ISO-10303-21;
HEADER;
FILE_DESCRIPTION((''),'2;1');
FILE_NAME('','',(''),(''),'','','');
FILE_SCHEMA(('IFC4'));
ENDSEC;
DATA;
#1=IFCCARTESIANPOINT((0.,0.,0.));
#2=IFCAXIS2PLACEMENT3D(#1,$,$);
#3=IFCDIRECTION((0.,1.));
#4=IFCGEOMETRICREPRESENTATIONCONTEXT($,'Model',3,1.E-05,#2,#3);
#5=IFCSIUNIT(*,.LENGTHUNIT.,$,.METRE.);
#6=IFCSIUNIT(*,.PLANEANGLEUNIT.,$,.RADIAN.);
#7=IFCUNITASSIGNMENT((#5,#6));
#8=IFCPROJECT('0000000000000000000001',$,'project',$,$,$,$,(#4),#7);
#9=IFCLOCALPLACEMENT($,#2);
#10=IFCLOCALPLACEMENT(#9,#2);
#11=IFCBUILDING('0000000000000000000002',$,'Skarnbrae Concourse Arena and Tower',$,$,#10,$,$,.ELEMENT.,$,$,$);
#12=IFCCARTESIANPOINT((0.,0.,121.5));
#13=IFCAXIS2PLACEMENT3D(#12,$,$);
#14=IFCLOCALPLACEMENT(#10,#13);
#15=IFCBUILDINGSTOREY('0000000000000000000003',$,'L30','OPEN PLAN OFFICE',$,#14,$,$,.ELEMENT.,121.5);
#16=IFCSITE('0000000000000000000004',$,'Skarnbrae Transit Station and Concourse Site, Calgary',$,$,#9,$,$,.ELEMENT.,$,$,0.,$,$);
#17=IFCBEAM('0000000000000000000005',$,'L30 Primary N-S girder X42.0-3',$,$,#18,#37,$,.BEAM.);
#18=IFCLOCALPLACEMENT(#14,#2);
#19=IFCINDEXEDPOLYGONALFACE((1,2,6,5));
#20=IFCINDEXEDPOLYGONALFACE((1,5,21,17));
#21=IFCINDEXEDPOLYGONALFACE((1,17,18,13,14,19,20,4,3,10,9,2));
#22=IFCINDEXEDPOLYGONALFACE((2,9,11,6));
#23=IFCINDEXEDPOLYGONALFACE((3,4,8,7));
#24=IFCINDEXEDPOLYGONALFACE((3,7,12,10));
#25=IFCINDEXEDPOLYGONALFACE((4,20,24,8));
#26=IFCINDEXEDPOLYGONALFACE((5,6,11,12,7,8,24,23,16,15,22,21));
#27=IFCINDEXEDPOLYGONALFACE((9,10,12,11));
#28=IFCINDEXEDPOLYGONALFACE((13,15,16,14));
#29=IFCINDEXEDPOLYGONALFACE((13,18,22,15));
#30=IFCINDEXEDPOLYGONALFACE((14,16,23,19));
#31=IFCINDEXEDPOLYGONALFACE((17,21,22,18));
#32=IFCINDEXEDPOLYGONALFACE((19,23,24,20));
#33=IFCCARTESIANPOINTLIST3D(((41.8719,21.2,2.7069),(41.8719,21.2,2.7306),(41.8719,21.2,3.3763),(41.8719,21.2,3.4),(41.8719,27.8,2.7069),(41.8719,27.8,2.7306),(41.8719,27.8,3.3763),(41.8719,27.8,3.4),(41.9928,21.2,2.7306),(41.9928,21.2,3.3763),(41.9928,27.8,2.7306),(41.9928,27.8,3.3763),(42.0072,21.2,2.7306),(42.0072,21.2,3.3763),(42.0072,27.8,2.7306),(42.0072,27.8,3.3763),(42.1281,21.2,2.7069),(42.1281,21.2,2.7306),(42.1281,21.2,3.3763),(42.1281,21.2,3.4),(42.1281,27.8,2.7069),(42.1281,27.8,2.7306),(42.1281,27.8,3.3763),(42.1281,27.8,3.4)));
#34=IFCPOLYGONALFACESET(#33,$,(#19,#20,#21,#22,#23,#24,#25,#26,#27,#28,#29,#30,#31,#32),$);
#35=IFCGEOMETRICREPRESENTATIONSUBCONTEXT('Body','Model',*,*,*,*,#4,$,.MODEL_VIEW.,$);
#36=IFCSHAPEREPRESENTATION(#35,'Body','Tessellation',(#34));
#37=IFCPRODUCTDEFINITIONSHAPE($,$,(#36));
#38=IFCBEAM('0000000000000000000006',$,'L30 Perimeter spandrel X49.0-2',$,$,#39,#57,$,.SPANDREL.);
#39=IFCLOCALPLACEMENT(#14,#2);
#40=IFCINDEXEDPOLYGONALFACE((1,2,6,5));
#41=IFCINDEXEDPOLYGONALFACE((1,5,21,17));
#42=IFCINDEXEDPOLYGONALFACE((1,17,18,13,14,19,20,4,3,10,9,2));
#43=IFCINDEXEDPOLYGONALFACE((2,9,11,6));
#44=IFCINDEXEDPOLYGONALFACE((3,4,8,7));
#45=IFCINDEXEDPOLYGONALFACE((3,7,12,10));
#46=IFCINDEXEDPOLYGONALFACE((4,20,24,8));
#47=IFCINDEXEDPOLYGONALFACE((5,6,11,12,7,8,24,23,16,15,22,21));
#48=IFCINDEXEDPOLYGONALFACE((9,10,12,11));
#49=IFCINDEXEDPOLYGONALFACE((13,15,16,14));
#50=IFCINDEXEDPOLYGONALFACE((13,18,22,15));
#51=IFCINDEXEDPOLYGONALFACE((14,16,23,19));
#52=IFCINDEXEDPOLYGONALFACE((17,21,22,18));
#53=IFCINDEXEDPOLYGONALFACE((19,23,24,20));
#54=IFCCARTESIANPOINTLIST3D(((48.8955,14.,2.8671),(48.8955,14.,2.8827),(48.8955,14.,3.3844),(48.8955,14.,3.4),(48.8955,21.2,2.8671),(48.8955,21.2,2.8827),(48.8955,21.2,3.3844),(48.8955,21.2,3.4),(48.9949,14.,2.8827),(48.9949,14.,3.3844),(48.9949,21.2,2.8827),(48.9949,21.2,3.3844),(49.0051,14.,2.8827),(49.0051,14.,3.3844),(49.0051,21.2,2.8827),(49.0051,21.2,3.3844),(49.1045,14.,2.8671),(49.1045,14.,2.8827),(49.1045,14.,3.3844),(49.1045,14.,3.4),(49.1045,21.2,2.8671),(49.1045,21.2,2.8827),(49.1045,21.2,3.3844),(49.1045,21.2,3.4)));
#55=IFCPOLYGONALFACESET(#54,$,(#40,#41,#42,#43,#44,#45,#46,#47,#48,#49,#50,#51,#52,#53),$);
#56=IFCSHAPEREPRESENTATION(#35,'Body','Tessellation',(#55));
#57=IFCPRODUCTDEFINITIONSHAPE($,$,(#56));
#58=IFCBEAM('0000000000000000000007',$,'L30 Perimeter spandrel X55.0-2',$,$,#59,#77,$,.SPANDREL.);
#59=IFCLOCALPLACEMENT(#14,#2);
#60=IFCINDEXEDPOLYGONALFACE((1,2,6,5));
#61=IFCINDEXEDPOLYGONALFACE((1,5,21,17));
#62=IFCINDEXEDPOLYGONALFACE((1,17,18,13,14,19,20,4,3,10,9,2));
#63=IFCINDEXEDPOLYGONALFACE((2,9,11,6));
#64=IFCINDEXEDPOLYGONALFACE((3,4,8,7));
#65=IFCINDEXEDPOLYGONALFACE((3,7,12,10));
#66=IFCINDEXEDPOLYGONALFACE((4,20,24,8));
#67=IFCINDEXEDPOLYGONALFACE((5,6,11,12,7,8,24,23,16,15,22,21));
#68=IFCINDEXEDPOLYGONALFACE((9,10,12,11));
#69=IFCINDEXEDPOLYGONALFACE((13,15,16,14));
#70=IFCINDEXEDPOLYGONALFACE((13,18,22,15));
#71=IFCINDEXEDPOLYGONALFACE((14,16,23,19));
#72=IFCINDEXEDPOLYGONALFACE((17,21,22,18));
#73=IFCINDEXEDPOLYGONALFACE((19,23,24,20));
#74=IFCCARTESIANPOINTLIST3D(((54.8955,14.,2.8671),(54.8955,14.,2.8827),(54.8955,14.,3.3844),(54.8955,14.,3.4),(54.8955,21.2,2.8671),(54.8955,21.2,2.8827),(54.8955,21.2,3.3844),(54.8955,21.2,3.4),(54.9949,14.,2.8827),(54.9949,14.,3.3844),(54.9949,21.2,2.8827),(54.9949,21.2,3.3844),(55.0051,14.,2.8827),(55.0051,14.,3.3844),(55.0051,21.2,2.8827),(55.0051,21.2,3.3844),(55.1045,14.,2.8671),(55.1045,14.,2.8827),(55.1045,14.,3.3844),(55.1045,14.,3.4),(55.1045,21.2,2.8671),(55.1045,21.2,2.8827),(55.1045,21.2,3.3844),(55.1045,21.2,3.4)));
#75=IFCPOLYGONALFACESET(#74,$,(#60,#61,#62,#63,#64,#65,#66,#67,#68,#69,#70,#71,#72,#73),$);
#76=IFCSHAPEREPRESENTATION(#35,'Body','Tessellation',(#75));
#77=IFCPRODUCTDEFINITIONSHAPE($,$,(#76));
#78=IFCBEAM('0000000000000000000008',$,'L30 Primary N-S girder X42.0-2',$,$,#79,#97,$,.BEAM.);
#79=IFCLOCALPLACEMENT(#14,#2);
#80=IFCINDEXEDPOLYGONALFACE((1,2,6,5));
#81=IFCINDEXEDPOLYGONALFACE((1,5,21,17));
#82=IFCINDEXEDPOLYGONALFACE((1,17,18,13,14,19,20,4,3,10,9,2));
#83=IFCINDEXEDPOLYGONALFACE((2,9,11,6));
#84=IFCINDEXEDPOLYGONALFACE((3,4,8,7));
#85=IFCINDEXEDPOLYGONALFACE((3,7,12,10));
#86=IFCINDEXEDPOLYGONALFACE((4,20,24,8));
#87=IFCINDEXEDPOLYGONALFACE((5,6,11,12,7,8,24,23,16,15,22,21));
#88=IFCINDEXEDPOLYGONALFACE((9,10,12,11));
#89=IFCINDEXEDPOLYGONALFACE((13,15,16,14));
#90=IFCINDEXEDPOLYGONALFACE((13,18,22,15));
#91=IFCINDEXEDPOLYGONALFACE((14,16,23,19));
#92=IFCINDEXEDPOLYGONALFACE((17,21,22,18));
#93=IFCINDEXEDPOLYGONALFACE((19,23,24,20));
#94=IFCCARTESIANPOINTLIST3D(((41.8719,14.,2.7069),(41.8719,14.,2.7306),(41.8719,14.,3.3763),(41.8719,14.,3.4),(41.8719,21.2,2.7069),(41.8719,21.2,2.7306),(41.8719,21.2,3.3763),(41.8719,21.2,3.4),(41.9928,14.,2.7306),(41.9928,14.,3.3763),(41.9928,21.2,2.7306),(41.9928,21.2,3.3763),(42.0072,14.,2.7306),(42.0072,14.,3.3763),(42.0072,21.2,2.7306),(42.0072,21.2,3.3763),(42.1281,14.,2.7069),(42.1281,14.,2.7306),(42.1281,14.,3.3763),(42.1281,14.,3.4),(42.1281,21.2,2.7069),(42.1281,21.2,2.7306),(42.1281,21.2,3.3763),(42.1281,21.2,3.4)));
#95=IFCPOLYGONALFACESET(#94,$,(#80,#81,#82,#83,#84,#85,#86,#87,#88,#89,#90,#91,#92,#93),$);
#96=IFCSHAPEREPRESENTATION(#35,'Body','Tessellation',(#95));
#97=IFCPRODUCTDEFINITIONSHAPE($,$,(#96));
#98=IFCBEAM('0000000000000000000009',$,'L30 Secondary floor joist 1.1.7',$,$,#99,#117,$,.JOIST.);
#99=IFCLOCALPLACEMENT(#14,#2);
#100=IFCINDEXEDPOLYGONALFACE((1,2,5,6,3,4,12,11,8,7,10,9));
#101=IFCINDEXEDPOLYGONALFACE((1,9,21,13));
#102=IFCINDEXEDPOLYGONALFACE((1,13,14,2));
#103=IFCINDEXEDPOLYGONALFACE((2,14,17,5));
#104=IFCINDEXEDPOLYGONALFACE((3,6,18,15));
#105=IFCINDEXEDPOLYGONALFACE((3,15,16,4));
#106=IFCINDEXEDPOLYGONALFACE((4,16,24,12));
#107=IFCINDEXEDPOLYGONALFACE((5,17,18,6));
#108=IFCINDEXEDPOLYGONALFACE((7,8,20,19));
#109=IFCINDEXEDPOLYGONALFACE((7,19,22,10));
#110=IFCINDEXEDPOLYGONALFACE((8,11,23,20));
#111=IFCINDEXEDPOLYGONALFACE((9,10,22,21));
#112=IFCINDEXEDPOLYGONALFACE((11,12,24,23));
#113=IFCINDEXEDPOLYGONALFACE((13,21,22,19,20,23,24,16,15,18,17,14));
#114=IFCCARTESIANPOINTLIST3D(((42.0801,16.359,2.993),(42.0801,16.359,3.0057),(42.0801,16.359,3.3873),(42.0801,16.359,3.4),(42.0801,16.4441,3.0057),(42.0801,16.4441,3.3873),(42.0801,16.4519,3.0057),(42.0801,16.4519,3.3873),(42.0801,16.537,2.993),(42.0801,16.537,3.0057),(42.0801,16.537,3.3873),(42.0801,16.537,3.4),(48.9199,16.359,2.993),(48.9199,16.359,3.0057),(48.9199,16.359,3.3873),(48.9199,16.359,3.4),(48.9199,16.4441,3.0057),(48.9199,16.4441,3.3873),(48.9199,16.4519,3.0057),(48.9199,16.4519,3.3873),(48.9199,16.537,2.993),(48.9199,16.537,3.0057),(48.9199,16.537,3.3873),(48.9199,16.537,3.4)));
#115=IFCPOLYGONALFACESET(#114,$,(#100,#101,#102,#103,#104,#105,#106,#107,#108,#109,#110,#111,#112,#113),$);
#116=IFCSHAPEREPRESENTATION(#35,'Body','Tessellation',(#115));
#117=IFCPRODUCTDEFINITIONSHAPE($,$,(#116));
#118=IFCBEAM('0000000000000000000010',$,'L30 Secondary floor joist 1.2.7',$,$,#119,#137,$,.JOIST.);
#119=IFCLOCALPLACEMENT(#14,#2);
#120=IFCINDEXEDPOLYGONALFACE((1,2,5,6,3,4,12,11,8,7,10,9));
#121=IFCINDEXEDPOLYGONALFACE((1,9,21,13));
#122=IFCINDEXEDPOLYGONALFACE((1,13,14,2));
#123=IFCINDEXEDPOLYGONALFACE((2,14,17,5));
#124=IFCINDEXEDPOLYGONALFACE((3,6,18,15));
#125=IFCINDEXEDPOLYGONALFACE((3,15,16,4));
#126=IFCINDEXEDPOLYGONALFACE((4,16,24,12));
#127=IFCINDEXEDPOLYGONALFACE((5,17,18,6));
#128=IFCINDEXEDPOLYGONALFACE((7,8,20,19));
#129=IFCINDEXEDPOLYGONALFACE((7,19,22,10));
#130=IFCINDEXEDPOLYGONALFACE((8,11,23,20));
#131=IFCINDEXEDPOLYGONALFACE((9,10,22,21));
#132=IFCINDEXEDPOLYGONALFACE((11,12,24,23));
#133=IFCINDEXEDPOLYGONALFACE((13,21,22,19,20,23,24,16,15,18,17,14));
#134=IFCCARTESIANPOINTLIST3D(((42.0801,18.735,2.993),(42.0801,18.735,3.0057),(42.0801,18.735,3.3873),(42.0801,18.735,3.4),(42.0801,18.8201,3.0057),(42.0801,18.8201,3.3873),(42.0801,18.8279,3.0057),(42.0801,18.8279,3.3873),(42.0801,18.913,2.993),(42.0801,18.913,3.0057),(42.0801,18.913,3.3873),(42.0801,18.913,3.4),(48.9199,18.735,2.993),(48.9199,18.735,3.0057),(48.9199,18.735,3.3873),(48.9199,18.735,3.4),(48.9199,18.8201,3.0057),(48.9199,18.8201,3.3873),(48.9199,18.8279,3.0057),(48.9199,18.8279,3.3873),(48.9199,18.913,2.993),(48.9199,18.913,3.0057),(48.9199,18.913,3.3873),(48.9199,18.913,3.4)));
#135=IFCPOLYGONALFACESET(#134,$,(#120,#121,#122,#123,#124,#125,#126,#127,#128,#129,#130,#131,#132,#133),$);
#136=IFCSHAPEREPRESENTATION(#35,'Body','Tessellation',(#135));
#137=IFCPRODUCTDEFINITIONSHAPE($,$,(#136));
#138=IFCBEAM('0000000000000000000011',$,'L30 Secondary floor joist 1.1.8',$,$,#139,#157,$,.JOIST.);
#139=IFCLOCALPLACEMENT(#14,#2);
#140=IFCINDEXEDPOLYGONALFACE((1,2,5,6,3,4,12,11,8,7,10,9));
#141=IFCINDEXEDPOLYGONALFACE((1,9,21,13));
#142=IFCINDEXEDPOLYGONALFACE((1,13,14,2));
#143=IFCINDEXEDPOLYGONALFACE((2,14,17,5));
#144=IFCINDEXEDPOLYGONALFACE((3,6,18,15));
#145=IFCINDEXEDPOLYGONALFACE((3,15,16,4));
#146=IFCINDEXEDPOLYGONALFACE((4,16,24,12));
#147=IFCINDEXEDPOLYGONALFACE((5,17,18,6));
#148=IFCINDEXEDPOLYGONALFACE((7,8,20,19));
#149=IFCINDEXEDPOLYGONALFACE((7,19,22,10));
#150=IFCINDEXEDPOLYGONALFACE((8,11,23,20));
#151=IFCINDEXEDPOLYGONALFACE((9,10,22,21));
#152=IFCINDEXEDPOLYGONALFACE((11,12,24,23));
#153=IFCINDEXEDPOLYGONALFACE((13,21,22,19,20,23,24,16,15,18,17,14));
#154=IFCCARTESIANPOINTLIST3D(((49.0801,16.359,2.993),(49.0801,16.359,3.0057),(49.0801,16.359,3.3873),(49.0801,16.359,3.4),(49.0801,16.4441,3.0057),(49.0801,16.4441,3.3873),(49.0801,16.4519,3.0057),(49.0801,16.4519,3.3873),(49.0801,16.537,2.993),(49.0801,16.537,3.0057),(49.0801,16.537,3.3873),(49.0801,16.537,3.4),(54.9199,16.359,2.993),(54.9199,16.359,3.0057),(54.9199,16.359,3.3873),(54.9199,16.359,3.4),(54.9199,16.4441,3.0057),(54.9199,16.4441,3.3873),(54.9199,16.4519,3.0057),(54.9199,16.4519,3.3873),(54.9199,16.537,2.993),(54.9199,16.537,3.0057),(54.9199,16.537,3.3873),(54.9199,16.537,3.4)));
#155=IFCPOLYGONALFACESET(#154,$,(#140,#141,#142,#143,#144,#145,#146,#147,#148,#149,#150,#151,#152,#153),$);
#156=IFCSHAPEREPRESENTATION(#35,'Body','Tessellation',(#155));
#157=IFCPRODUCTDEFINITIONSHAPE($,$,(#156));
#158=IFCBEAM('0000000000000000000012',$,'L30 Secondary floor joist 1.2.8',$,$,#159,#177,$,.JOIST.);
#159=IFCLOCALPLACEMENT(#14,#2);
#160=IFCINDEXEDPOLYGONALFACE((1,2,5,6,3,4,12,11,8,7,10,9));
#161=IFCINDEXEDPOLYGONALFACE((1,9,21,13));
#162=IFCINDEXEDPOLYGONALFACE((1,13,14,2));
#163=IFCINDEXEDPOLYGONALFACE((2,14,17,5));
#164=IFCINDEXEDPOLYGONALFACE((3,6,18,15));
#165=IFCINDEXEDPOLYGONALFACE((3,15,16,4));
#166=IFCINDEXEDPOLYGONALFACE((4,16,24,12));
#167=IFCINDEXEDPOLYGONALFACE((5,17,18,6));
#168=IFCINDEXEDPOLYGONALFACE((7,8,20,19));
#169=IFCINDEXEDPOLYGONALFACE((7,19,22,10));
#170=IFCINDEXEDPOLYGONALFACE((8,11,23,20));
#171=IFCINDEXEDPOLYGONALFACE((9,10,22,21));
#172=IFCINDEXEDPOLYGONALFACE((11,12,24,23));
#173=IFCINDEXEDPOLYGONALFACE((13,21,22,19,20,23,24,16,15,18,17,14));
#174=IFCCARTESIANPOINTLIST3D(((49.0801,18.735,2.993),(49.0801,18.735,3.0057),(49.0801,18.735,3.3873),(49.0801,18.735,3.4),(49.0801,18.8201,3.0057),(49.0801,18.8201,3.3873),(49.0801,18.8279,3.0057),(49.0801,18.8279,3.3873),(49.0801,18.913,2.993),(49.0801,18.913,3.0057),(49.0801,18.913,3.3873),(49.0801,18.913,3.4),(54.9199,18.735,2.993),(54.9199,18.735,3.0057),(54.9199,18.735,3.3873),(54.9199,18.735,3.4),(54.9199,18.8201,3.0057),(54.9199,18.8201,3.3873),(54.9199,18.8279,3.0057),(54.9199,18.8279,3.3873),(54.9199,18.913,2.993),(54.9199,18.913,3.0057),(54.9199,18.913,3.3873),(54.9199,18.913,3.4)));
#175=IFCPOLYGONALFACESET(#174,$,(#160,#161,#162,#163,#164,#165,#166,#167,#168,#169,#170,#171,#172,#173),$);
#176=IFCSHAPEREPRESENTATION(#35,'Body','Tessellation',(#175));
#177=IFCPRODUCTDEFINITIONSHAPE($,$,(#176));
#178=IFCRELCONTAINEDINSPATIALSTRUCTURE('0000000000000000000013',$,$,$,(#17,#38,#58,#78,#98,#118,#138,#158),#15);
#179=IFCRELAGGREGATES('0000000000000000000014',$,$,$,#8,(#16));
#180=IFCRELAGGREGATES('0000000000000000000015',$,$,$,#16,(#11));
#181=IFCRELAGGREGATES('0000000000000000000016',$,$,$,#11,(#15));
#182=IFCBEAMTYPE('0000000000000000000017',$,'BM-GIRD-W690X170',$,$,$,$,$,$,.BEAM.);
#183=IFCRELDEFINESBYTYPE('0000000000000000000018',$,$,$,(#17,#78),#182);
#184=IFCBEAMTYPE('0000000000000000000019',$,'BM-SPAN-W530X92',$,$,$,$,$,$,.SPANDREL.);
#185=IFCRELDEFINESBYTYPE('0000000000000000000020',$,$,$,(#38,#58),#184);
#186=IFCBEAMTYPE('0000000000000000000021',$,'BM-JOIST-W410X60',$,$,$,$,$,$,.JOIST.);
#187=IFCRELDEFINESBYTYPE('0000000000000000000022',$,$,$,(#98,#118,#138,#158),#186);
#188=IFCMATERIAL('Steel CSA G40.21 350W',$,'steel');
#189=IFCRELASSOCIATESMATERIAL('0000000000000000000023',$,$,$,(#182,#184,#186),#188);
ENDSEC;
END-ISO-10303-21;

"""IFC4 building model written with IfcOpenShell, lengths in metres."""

from ifc_helpers import new_model, si_unit, direction, frame, origin, origin_2d, place, context, subcontext, project, spatial, i_section, extrude, source, transform, mapped, material, material_profile, profile_set, type_object, element, save


model = new_model("IFC4")

# Units and contexts
model_context = context("Model", 3, precision=1e-05, world=origin(), true_north=direction((0.0, 1.0)))
body_context = subcontext(model_context, "Body", "Model", "MODEL_VIEW")
ifc_project = project(units=[si_unit("LENGTHUNIT", "METRE"), si_unit("PLANEANGLEUNIT", "RADIAN")], contexts=[model_context])

# Site, building, storey
site_placement = place(None, origin())
site = spatial("IfcSite", under=ifc_project, at=site_placement, Name="Skarnbrae Transit Station and Concourse Site, Calgary", CompositionType="ELEMENT", RefElevation=0.0)
building_placement = place(site_placement, origin())
building = spatial("IfcBuilding", under=site, at=building_placement, Name="Skarnbrae Concourse Arena and Tower", CompositionType="ELEMENT")
storey_placement = place(building_placement, frame((0.0, 0.0, 121.5)))
storey = spatial("IfcBuildingStorey", under=building, at=storey_placement, Name="L30", Description="OPEN PLAN OFFICE", CompositionType="ELEMENT", Elevation=121.5)

# Shared definitions
ifc_material_1 = material(Name="Steel CSA G40.21 350W", Category="steel")

# Beams
ifc_material_profile_1 = material_profile(ifc_material_1, i_section(OverallWidth=0.2561, OverallDepth=0.6931, WebThickness=0.0144, FlangeThickness=0.0237, at=origin_2d()), Name="W690X170")
ifc_profile_set_1 = profile_set([ifc_material_profile_1], Name="Steel CSA G40.21 350W")
beam_type_1 = type_object("IfcBeamType", Name="BM-GIRD-W690X170", PredefinedType="BEAM", material=ifc_profile_set_1)
ifc_material_profile_2 = material_profile(ifc_material_1, i_section(OverallWidth=0.209, OverallDepth=0.533, WebThickness=0.0103, FlangeThickness=0.0156, at=origin_2d()), Name="W530X92")
ifc_profile_set_2 = profile_set([ifc_material_profile_2], Name="Steel CSA G40.21 350W")
beam_type_2 = type_object("IfcBeamType", Name="BM-SPAN-W530X92", PredefinedType="SPANDREL", material=ifc_profile_set_2)
shared_shape_1 = source(origin(), body_context, "Body", "SweptSolid", [
    extrude(i_section(OverallWidth=0.2561, OverallDepth=0.6931, WebThickness=0.0144, FlangeThickness=0.0237, at=origin_2d()), origin(), (0.0, 0.0, 1.0), 6.6001),
])
beam_1_placement = place(storey_placement, frame((42.0, 21.2, 3.0535), z_axis=(0.0, 1.0, 0.0), x_axis=(-1.0, 0.0, 0.0)))
element("IfcBeam", 1, at=beam_1_placement, inside=storey, type_object=beam_type_1, Name="L30 Primary N-S girder X42.0-3", PredefinedType="BEAM", context=body_context, shape_type="MappedRepresentation", body=[
    mapped(shared_shape_1, transform((0.0, 0.0, 0.0))),
])
shared_shape_2 = source(origin(), body_context, "Body", "SweptSolid", [
    extrude(i_section(OverallWidth=0.209, OverallDepth=0.533, WebThickness=0.0103, FlangeThickness=0.0156, at=origin_2d()), origin(), (0.0, 0.0, 1.0), 7.2),
])
for number, where, z_axis, x_axis, name in (
    (2, (49.0, 14.0, 3.1335), (0.0, 1.0, 0.0), (-1.0, 0.0, 0.0), "L30 Perimeter spandrel X49.0-2"),
    (3, (55.0, 14.0, 3.1335), (0.0, 1.0, 0.0), (-1.0, 0.0, 0.0), "L30 Perimeter spandrel X55.0-2"),
):
    element("IfcBeam", number, at=place(storey_placement, frame(where, z_axis=z_axis, x_axis=x_axis)), inside=storey, type_object=beam_type_2, Name=name, PredefinedType="SPANDREL", context=body_context, shape_type="MappedRepresentation", body=[
        mapped(shared_shape_2, transform((0.0, 0.0, 0.0))),
    ])
shared_shape_3 = source(origin(), body_context, "Body", "SweptSolid", [
    extrude(i_section(OverallWidth=0.2561, OverallDepth=0.6931, WebThickness=0.0144, FlangeThickness=0.0237, at=origin_2d()), origin(), (0.0, 0.0, 1.0), 7.2),
])
beam_2_placement = place(storey_placement, frame((42.0, 14.0, 3.0535), z_axis=(0.0, 1.0, 0.0), x_axis=(-1.0, 0.0, 0.0)))
element("IfcBeam", 4, at=beam_2_placement, inside=storey, type_object=beam_type_1, Name="L30 Primary N-S girder X42.0-2", PredefinedType="BEAM", context=body_context, shape_type="MappedRepresentation", body=[
    mapped(shared_shape_3, transform((0.0, 0.0, 0.0))),
])
ifc_material_profile_3 = material_profile(ifc_material_1, i_section(OverallWidth=0.178, OverallDepth=0.407, WebThickness=0.0078, FlangeThickness=0.0127, at=origin_2d()), Name="W410X60")
ifc_profile_set_3 = profile_set([ifc_material_profile_3], Name="Steel CSA G40.21 350W")
beam_type_3 = type_object("IfcBeamType", Name="BM-JOIST-W410X60", PredefinedType="JOIST", material=ifc_profile_set_3)
shared_shape_4 = source(origin(), body_context, "Body", "SweptSolid", [
    extrude(i_section(OverallWidth=0.178, OverallDepth=0.407, WebThickness=0.0078, FlangeThickness=0.0127, at=origin_2d()), origin(), (0.0, 0.0, 1.0), 6.8398),
])
for number, where, z_axis, x_axis, name in (
    (5, (42.0801, 16.448, 3.1965), (1.0, 0.0, 0.0), (0.0, 1.0, 0.0), "L30 Secondary floor joist 1.1.7"),
    (6, (42.0801, 18.824, 3.1965), (1.0, 0.0, 0.0), (0.0, 1.0, 0.0), "L30 Secondary floor joist 1.2.7"),
):
    element("IfcBeam", number, at=place(storey_placement, frame(where, z_axis=z_axis, x_axis=x_axis)), inside=storey, type_object=beam_type_3, Name=name, PredefinedType="JOIST", context=body_context, shape_type="MappedRepresentation", body=[
        mapped(shared_shape_4, transform((0.0, 0.0, 0.0))),
    ])
shared_shape_5 = source(origin(), body_context, "Body", "SweptSolid", [
    extrude(i_section(OverallWidth=0.178, OverallDepth=0.407, WebThickness=0.0078, FlangeThickness=0.0127, at=origin_2d()), origin(), (0.0, 0.0, 1.0), 5.8398),
])
for number, where, z_axis, x_axis, name in (
    (7, (49.0801, 16.448, 3.1965), (1.0, 0.0, 0.0), (0.0, 1.0, 0.0), "L30 Secondary floor joist 1.1.8"),
    (8, (49.0801, 18.824, 3.1965), (1.0, 0.0, 0.0), (0.0, 1.0, 0.0), "L30 Secondary floor joist 1.2.8"),
):
    element("IfcBeam", number, at=place(storey_placement, frame(where, z_axis=z_axis, x_axis=x_axis)), inside=storey, type_object=beam_type_3, Name=name, PredefinedType="JOIST", context=body_context, shape_type="MappedRepresentation", body=[
        mapped(shared_shape_5, transform((0.0, 0.0, 0.0))),
    ])

save(model, "model.ifc")
